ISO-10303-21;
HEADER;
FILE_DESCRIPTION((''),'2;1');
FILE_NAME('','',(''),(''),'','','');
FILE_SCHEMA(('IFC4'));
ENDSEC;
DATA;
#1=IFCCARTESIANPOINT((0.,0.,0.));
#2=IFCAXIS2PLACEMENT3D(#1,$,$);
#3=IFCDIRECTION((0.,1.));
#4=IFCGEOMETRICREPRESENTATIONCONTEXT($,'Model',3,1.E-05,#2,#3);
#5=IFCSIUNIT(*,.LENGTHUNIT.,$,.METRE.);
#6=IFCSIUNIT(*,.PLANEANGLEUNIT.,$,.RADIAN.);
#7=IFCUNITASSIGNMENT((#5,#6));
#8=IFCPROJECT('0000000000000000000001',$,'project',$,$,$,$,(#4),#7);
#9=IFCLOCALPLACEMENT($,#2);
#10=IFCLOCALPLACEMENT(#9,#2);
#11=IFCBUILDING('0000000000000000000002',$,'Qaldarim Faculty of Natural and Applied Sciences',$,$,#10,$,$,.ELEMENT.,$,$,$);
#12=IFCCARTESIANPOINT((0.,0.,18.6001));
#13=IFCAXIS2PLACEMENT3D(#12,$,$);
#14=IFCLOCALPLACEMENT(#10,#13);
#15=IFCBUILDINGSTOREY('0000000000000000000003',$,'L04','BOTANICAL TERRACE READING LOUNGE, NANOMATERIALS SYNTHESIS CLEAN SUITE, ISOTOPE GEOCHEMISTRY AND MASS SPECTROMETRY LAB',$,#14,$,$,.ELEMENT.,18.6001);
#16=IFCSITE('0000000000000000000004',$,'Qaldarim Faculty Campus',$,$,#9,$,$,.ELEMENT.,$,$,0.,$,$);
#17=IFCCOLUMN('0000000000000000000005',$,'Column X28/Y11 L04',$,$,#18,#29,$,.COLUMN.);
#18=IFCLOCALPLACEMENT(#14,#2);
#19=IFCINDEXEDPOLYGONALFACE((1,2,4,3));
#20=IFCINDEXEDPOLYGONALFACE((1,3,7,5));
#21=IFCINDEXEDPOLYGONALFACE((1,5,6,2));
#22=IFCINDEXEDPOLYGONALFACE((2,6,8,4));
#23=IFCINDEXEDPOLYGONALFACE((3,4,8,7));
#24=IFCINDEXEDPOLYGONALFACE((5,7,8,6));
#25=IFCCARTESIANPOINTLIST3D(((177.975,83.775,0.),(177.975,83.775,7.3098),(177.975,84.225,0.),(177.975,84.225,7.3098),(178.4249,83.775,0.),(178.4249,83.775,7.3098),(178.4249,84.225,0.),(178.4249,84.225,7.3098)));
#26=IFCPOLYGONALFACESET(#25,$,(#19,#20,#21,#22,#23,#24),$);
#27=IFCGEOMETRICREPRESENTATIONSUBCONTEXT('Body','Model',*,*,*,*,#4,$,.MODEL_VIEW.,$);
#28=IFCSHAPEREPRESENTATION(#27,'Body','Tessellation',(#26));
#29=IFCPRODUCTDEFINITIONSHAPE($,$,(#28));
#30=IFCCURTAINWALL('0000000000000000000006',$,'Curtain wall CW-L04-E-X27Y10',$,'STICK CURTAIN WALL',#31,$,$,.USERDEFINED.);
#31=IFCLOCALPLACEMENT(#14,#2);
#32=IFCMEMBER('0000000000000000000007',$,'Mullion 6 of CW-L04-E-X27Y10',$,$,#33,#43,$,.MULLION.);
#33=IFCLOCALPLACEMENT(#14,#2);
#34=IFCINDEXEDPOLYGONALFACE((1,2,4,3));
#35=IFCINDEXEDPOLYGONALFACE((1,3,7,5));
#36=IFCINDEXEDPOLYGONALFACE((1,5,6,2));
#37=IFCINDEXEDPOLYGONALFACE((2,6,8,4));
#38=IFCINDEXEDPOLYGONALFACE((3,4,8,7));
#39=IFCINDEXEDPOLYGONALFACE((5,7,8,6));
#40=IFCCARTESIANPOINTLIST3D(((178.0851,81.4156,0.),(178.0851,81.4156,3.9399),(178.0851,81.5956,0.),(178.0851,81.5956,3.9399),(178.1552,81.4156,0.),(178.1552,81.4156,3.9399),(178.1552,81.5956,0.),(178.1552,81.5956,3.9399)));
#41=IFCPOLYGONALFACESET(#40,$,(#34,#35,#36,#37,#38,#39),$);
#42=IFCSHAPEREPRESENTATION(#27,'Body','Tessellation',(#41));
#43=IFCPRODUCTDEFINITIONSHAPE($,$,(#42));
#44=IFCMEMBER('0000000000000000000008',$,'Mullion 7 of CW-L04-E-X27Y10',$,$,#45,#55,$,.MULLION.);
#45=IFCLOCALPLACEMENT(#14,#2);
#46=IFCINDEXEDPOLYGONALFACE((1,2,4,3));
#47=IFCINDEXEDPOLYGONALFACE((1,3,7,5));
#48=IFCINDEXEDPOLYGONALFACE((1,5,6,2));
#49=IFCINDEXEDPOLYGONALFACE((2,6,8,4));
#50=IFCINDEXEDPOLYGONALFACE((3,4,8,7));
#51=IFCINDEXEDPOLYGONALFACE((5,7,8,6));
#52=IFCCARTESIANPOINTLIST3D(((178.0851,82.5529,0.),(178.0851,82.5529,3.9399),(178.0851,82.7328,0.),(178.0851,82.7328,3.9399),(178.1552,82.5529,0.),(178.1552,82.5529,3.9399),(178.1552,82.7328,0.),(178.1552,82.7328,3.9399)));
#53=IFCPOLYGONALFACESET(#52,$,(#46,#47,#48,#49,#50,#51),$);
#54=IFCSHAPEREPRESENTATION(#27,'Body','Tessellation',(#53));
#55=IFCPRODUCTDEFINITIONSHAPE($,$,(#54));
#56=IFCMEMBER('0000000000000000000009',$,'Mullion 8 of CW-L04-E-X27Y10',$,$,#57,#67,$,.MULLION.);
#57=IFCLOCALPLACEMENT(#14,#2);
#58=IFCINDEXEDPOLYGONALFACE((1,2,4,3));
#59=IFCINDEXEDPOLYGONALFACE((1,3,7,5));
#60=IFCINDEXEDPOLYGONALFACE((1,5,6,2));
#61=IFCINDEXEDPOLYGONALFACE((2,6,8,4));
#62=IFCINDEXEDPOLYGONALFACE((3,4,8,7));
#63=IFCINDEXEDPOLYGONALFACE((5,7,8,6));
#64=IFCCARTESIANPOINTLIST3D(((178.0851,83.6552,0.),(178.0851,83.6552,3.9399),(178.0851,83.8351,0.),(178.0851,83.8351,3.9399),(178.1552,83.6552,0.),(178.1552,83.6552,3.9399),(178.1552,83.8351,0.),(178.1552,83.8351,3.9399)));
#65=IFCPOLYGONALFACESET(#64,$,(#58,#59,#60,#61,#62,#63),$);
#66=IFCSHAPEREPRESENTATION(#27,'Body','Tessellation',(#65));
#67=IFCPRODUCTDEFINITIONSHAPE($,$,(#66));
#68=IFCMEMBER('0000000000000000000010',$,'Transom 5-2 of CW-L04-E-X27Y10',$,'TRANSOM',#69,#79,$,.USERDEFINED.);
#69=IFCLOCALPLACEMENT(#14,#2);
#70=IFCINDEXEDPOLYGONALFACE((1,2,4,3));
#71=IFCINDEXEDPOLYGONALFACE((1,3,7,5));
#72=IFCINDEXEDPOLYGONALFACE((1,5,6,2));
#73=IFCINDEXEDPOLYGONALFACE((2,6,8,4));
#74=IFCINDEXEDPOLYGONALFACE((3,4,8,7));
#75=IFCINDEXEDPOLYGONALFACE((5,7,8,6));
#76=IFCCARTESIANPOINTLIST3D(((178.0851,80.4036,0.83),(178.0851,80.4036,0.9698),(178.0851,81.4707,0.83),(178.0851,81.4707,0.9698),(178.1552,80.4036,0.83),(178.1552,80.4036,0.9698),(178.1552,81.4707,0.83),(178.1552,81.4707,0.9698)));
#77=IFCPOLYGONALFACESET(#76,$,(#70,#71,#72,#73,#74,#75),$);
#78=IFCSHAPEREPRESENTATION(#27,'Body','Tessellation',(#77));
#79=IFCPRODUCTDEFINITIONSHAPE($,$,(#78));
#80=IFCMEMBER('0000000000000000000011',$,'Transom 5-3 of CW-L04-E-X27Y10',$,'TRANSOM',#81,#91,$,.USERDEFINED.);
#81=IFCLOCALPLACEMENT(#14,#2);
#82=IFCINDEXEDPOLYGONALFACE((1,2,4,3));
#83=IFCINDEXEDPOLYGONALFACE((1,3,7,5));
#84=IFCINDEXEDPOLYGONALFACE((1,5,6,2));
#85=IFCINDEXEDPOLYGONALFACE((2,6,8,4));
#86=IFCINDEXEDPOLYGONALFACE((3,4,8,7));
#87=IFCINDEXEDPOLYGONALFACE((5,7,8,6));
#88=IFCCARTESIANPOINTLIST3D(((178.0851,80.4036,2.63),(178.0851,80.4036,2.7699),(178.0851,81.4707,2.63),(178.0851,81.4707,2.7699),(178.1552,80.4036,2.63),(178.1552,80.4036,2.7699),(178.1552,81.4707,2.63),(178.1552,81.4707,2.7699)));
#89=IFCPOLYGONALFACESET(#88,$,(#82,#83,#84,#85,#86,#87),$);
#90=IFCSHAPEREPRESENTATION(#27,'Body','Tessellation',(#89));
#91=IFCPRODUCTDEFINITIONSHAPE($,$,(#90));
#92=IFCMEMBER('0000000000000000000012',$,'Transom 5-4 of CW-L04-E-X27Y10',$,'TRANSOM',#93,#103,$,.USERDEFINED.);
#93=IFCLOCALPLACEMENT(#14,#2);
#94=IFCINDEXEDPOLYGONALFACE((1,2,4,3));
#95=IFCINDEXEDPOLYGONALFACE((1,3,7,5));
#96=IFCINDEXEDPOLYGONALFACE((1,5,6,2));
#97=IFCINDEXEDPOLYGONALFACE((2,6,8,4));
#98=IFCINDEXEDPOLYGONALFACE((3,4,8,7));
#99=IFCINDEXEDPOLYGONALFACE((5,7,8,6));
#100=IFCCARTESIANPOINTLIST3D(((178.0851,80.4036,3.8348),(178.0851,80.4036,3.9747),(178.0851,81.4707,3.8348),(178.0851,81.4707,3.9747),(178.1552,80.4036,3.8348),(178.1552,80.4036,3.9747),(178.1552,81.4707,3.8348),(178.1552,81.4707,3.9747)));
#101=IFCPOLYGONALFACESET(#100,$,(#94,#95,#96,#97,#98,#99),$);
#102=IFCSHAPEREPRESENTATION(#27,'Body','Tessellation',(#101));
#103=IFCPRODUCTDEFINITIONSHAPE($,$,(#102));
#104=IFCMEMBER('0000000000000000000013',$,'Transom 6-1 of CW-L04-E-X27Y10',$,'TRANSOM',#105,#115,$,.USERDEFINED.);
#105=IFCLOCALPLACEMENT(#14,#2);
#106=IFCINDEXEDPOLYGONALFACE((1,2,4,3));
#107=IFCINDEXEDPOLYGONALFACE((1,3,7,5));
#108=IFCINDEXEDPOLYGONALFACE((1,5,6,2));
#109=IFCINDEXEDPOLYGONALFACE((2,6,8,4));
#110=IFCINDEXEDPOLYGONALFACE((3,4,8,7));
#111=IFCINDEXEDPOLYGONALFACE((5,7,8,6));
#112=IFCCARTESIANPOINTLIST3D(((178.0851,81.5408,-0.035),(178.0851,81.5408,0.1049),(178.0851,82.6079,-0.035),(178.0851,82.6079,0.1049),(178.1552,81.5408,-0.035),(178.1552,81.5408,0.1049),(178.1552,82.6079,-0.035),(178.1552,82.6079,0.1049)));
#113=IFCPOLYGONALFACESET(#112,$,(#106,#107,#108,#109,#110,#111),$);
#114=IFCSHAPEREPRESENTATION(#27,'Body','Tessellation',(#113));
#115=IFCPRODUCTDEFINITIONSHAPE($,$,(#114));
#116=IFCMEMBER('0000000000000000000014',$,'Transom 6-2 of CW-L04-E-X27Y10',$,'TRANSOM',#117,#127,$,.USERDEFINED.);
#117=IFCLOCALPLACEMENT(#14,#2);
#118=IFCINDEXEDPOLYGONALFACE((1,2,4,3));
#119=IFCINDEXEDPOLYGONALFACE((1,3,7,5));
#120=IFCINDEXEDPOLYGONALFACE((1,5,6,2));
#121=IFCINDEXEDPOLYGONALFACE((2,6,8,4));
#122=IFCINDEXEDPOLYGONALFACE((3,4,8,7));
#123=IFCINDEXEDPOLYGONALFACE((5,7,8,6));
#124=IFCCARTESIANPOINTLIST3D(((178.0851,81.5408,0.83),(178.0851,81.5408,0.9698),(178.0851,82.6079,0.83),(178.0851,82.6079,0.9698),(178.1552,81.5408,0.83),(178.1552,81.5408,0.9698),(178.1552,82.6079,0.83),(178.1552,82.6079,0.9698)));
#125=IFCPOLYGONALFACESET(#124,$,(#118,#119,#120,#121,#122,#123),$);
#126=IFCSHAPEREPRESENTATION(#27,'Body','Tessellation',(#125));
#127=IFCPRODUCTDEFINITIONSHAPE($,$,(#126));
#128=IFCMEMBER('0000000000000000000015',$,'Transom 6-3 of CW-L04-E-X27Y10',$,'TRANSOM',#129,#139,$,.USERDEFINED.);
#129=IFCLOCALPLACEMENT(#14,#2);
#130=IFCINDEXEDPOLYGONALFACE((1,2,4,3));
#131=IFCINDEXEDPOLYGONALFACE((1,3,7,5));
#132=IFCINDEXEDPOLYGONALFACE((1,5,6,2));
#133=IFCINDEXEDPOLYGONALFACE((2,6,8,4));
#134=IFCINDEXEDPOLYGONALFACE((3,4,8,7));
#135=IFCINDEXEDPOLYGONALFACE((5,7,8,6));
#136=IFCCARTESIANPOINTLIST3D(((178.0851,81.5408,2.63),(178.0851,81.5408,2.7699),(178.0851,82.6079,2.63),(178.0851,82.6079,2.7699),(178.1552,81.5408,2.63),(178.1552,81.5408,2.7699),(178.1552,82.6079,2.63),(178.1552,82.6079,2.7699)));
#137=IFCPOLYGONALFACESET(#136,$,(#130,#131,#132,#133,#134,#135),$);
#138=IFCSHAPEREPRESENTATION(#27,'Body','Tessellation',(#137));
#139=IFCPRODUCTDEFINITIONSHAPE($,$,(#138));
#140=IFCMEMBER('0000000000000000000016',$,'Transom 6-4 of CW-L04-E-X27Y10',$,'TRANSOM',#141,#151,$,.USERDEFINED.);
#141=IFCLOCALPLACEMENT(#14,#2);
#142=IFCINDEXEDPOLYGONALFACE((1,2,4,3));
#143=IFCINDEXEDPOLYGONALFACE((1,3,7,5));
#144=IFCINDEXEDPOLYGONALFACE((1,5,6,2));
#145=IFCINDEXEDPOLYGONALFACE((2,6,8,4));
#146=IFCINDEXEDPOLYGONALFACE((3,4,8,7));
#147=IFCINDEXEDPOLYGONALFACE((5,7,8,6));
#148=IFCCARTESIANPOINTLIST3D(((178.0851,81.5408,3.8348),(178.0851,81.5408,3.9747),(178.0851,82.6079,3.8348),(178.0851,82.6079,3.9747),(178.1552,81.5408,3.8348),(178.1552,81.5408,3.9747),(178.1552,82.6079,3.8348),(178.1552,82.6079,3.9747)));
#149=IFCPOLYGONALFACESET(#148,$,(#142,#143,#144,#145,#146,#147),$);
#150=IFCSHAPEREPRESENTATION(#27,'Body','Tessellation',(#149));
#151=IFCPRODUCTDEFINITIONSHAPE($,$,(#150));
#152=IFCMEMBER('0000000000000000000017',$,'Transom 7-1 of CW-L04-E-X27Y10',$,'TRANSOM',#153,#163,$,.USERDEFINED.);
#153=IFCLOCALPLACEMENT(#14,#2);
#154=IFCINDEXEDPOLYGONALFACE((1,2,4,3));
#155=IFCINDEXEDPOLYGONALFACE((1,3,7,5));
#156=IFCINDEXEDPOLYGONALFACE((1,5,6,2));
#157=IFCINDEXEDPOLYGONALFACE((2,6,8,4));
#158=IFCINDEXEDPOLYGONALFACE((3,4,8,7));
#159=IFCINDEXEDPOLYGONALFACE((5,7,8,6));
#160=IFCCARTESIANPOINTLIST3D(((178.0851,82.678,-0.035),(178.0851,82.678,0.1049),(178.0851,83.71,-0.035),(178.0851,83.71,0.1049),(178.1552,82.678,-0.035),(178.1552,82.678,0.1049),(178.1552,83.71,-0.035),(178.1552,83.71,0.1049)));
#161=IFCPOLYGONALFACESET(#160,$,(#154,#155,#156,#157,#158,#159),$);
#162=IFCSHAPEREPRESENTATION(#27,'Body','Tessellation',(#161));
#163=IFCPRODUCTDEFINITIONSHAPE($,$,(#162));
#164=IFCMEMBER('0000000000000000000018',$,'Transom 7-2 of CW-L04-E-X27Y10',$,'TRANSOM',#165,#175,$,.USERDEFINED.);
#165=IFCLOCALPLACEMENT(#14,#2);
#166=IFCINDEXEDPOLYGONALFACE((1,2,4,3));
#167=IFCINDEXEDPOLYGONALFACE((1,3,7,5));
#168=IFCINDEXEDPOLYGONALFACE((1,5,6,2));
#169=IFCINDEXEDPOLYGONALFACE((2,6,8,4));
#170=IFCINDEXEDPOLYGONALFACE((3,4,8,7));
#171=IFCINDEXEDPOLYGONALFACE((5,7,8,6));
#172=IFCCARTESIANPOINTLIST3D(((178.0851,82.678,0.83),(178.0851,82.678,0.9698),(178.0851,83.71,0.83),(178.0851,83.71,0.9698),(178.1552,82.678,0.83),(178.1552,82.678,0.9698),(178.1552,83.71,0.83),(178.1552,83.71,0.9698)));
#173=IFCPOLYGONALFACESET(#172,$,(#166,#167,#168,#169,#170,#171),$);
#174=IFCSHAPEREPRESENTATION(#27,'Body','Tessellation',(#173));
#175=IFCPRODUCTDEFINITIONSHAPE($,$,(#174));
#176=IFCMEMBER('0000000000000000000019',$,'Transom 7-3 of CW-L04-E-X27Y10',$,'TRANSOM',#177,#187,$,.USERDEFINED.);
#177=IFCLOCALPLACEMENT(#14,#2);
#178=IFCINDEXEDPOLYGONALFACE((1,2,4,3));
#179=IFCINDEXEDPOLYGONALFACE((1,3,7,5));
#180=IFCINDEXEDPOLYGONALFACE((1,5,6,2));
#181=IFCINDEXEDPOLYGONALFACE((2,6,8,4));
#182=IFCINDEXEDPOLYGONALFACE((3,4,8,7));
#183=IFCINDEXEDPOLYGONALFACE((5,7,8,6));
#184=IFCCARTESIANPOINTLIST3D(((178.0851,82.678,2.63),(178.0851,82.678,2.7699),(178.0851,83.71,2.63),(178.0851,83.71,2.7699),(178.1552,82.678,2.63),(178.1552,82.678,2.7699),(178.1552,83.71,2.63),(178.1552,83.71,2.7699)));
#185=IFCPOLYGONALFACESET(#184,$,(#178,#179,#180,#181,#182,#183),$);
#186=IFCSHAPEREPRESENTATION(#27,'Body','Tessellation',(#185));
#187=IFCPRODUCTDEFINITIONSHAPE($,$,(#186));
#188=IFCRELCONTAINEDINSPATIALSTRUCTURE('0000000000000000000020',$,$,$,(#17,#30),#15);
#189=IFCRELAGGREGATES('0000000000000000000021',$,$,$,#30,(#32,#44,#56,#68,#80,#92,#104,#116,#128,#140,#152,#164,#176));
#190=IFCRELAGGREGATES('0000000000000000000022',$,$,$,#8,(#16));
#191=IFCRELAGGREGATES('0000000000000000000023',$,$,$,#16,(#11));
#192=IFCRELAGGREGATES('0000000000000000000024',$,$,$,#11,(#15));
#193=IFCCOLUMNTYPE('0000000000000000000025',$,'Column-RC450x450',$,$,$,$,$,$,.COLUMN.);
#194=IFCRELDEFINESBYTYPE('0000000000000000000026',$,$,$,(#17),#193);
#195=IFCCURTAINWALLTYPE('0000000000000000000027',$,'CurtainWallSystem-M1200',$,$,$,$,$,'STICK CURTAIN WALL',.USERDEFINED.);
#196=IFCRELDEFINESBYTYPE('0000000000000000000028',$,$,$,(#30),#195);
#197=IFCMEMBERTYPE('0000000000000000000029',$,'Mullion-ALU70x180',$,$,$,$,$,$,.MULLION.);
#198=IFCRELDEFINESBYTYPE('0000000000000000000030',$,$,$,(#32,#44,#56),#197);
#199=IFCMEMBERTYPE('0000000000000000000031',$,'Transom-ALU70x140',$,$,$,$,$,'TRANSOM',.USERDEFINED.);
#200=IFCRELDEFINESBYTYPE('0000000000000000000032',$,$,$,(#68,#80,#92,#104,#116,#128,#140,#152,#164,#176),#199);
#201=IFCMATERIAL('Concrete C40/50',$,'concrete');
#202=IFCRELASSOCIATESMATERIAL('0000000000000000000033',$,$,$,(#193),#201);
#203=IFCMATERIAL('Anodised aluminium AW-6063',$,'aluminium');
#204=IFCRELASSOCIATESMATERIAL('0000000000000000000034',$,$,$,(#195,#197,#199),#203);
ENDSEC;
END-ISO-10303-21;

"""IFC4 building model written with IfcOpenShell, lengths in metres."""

from ifc_helpers import new_model, si_unit, direction, frame, origin, origin_2d, place, context, subcontext, project, spatial, rectangle, extrude, material, material_profile, profile_set, type_object, element, aggregate, save


model = new_model("IFC4")

# Units and contexts
model_context = context("Model", 3, precision=1e-05, world=origin(), true_north=direction((0.0, 1.0)))
body_context = subcontext(model_context, "Body", "Model", "MODEL_VIEW")
ifc_project = project(units=[si_unit("LENGTHUNIT", "METRE"), si_unit("PLANEANGLEUNIT", "RADIAN")], contexts=[model_context])

# Site, building, storey
site_placement = place(None, origin())
site = spatial("IfcSite", under=ifc_project, at=site_placement, Name="Qaldarim Faculty Campus", CompositionType="ELEMENT", RefElevation=0.0)
building_placement = place(site_placement, origin())
building = spatial("IfcBuilding", under=site, at=building_placement, Name="Qaldarim Faculty of Natural and Applied Sciences", CompositionType="ELEMENT")
storey_placement = place(building_placement, frame((0.0, 0.0, 18.6001)))
storey = spatial("IfcBuildingStorey", under=building, at=storey_placement, Name="L04", Description="BOTANICAL TERRACE READING LOUNGE, NANOMATERIALS SYNTHESIS CLEAN SUITE, ISOTOPE GEOCHEMISTRY AND MASS SPECTROMETRY LAB", CompositionType="ELEMENT", Elevation=18.6001)

# Column
ifc_material_1 = material(Name="Concrete C40/50", Category="concrete")
ifc_material_profile_1 = material_profile(ifc_material_1, rectangle(XDim=0.45, YDim=0.45, at=origin_2d()), Name="RC-C450x450")
ifc_profile_set_1 = profile_set([ifc_material_profile_1], Name="Concrete C40/50")
column_type = type_object("IfcColumnType", Name="Column-RC450x450", PredefinedType="COLUMN", material=ifc_profile_set_1)
column_placement = place(storey_placement, frame((178.2, 84.0, 0.0), z_axis=(0.0, 0.0, 1.0), x_axis=(1.0, 0.0, 0.0)))
element("IfcColumn", 1, at=column_placement, inside=storey, type_object=column_type, Name="Column X28/Y11 L04", PredefinedType="COLUMN", context=body_context, shape_type="SweptSolid", body=[
    extrude(rectangle(XDim=0.45, YDim=0.45, at=origin_2d()), origin(), (0.0, 0.0, 1.0), 7.3098),
])

# Curtain wall, members
ifc_material_2 = material(Name="Anodised aluminium AW-6063", Category="aluminium")
curtain_wall_type = type_object("IfcCurtainWallType", Name="CurtainWallSystem-M1200", ElementType="STICK CURTAIN WALL", PredefinedType="USERDEFINED", material=ifc_material_2)
curtain_wall_placement = place(storey_placement, origin())
curtain_wall = element("IfcCurtainWall", 2, at=curtain_wall_placement, inside=storey, type_object=curtain_wall_type, Name="Curtain wall CW-L04-E-X27Y10", ObjectType="STICK CURTAIN WALL", PredefinedType="USERDEFINED")
ifc_material_profile_2 = material_profile(ifc_material_2, rectangle(XDim=0.0701, YDim=0.1799, at=origin_2d()), Name="ALU-M70x180")
ifc_profile_set_2 = profile_set([ifc_material_profile_2], Name="Anodised aluminium AW-6063")
member_type_1 = type_object("IfcMemberType", Name="Mullion-ALU70x180", PredefinedType="MULLION", material=ifc_profile_set_2)
member_1_placement = place(storey_placement, frame((178.1201, 81.5056, 0.0), z_axis=(0.0, 0.0, 1.0), x_axis=(-1.0, 0.0, 0.0)))
member_1 = element("IfcMember", 3, at=member_1_placement, type_object=member_type_1, Name="Mullion 6 of CW-L04-E-X27Y10", PredefinedType="MULLION", context=body_context, shape_type="SweptSolid", body=[
    extrude(rectangle(XDim=0.0701, YDim=0.1799, at=origin_2d()), origin(), (0.0, 0.0, 1.0), 3.9399),
])
member_2_placement = place(storey_placement, frame((178.1201, 82.6428, 0.0), z_axis=(0.0, 0.0, 1.0), x_axis=(-1.0, 0.0, 0.0)))
member_2 = element("IfcMember", 4, at=member_2_placement, type_object=member_type_1, Name="Mullion 7 of CW-L04-E-X27Y10", PredefinedType="MULLION", context=body_context, shape_type="SweptSolid", body=[
    extrude(rectangle(XDim=0.0701, YDim=0.1799, at=origin_2d()), origin(), (0.0, 0.0, 1.0), 3.9399),
])
member_3_placement = place(storey_placement, frame((178.1201, 83.7451, 0.0), z_axis=(0.0, 0.0, 1.0), x_axis=(-1.0, 0.0, 0.0)))
member_3 = element("IfcMember", 5, at=member_3_placement, type_object=member_type_1, Name="Mullion 8 of CW-L04-E-X27Y10", PredefinedType="MULLION", context=body_context, shape_type="SweptSolid", body=[
    extrude(rectangle(XDim=0.0701, YDim=0.1799, at=origin_2d()), origin(), (0.0, 0.0, 1.0), 3.9399),
])
ifc_material_profile_3 = material_profile(ifc_material_2, rectangle(XDim=0.0701, YDim=0.1399, at=origin_2d()), Name="ALU-T70x140")
ifc_profile_set_3 = profile_set([ifc_material_profile_3], Name="Anodised aluminium AW-6063")
member_type_2 = type_object("IfcMemberType", Name="Transom-ALU70x140", ElementType="TRANSOM", PredefinedType="USERDEFINED", material=ifc_profile_set_3)
member_4_placement = place(storey_placement, frame((178.1201, 80.4036, 0.8999), z_axis=(0.0, 1.0, 0.0), x_axis=(-1.0, 0.0, 0.0)))
member_4 = element("IfcMember", 6, at=member_4_placement, type_object=member_type_2, Name="Transom 5-2 of CW-L04-E-X27Y10", ObjectType="TRANSOM", PredefinedType="USERDEFINED", context=body_context, shape_type="SweptSolid", body=[
    extrude(rectangle(XDim=0.0701, YDim=0.1399, at=origin_2d()), origin(), (0.0, 0.0, 1.0), 1.0671),
])
member_5_placement = place(storey_placement, frame((178.1201, 80.4036, 2.7), z_axis=(0.0, 1.0, 0.0), x_axis=(-1.0, 0.0, 0.0)))
member_5 = element("IfcMember", 7, at=member_5_placement, type_object=member_type_2, Name="Transom 5-3 of CW-L04-E-X27Y10", ObjectType="TRANSOM", PredefinedType="USERDEFINED", context=body_context, shape_type="SweptSolid", body=[
    extrude(rectangle(XDim=0.0701, YDim=0.1399, at=origin_2d()), origin(), (0.0, 0.0, 1.0), 1.0671),
])
member_6_placement = place(storey_placement, frame((178.1201, 80.4036, 3.9048), z_axis=(0.0, 1.0, 0.0), x_axis=(-1.0, 0.0, 0.0)))
member_6 = element("IfcMember", 8, at=member_6_placement, type_object=member_type_2, Name="Transom 5-4 of CW-L04-E-X27Y10", ObjectType="TRANSOM", PredefinedType="USERDEFINED", context=body_context, shape_type="SweptSolid", body=[
    extrude(rectangle(XDim=0.0701, YDim=0.1399, at=origin_2d()), origin(), (0.0, 0.0, 1.0), 1.0671),
])
member_7_placement = place(storey_placement, frame((178.1201, 81.5408, 0.0349), z_axis=(0.0, 1.0, 0.0), x_axis=(-1.0, 0.0, 0.0)))
member_7 = element("IfcMember", 9, at=member_7_placement, type_object=member_type_2, Name="Transom 6-1 of CW-L04-E-X27Y10", ObjectType="TRANSOM", PredefinedType="USERDEFINED", context=body_context, shape_type="SweptSolid", body=[
    extrude(rectangle(XDim=0.0701, YDim=0.1399, at=origin_2d()), origin(), (0.0, 0.0, 1.0), 1.0671),
])
member_8_placement = place(storey_placement, frame((178.1201, 81.5408, 0.8999), z_axis=(0.0, 1.0, 0.0), x_axis=(-1.0, 0.0, 0.0)))
member_8 = element("IfcMember", 10, at=member_8_placement, type_object=member_type_2, Name="Transom 6-2 of CW-L04-E-X27Y10", ObjectType="TRANSOM", PredefinedType="USERDEFINED", context=body_context, shape_type="SweptSolid", body=[
    extrude(rectangle(XDim=0.0701, YDim=0.1399, at=origin_2d()), origin(), (0.0, 0.0, 1.0), 1.0671),
])
member_9_placement = place(storey_placement, frame((178.1201, 81.5408, 2.7), z_axis=(0.0, 1.0, 0.0), x_axis=(-1.0, 0.0, 0.0)))
member_9 = element("IfcMember", 11, at=member_9_placement, type_object=member_type_2, Name="Transom 6-3 of CW-L04-E-X27Y10", ObjectType="TRANSOM", PredefinedType="USERDEFINED", context=body_context, shape_type="SweptSolid", body=[
    extrude(rectangle(XDim=0.0701, YDim=0.1399, at=origin_2d()), origin(), (0.0, 0.0, 1.0), 1.0671),
])
member_10_placement = place(storey_placement, frame((178.1201, 81.5408, 3.9048), z_axis=(0.0, 1.0, 0.0), x_axis=(-1.0, 0.0, 0.0)))
member_10 = element("IfcMember", 12, at=member_10_placement, type_object=member_type_2, Name="Transom 6-4 of CW-L04-E-X27Y10", ObjectType="TRANSOM", PredefinedType="USERDEFINED", context=body_context, shape_type="SweptSolid", body=[
    extrude(rectangle(XDim=0.0701, YDim=0.1399, at=origin_2d()), origin(), (0.0, 0.0, 1.0), 1.0671),
])
member_11_placement = place(storey_placement, frame((178.1201, 82.678, 0.0349), z_axis=(0.0, 1.0, 0.0), x_axis=(-1.0, 0.0, 0.0)))
member_11 = element("IfcMember", 13, at=member_11_placement, type_object=member_type_2, Name="Transom 7-1 of CW-L04-E-X27Y10", ObjectType="TRANSOM", PredefinedType="USERDEFINED", context=body_context, shape_type="SweptSolid", body=[
    extrude(rectangle(XDim=0.0701, YDim=0.1399, at=origin_2d()), origin(), (0.0, 0.0, 1.0), 1.032),
])
member_12_placement = place(storey_placement, frame((178.1201, 82.678, 0.8999), z_axis=(0.0, 1.0, 0.0), x_axis=(-1.0, 0.0, 0.0)))
member_12 = element("IfcMember", 14, at=member_12_placement, type_object=member_type_2, Name="Transom 7-2 of CW-L04-E-X27Y10", ObjectType="TRANSOM", PredefinedType="USERDEFINED", context=body_context, shape_type="SweptSolid", body=[
    extrude(rectangle(XDim=0.0701, YDim=0.1399, at=origin_2d()), origin(), (0.0, 0.0, 1.0), 1.032),
])
member_13_placement = place(storey_placement, frame((178.1201, 82.678, 2.7), z_axis=(0.0, 1.0, 0.0), x_axis=(-1.0, 0.0, 0.0)))
member_13 = element("IfcMember", 15, at=member_13_placement, type_object=member_type_2, Name="Transom 7-3 of CW-L04-E-X27Y10", ObjectType="TRANSOM", PredefinedType="USERDEFINED", context=body_context, shape_type="SweptSolid", body=[
    extrude(rectangle(XDim=0.0701, YDim=0.1399, at=origin_2d()), origin(), (0.0, 0.0, 1.0), 1.032),
])
aggregate(curtain_wall, [member_1, member_2, member_3, member_4, member_5, member_6, member_7, member_8, member_9, member_10, member_11, member_12, member_13])

save(model, "model.ifc")
